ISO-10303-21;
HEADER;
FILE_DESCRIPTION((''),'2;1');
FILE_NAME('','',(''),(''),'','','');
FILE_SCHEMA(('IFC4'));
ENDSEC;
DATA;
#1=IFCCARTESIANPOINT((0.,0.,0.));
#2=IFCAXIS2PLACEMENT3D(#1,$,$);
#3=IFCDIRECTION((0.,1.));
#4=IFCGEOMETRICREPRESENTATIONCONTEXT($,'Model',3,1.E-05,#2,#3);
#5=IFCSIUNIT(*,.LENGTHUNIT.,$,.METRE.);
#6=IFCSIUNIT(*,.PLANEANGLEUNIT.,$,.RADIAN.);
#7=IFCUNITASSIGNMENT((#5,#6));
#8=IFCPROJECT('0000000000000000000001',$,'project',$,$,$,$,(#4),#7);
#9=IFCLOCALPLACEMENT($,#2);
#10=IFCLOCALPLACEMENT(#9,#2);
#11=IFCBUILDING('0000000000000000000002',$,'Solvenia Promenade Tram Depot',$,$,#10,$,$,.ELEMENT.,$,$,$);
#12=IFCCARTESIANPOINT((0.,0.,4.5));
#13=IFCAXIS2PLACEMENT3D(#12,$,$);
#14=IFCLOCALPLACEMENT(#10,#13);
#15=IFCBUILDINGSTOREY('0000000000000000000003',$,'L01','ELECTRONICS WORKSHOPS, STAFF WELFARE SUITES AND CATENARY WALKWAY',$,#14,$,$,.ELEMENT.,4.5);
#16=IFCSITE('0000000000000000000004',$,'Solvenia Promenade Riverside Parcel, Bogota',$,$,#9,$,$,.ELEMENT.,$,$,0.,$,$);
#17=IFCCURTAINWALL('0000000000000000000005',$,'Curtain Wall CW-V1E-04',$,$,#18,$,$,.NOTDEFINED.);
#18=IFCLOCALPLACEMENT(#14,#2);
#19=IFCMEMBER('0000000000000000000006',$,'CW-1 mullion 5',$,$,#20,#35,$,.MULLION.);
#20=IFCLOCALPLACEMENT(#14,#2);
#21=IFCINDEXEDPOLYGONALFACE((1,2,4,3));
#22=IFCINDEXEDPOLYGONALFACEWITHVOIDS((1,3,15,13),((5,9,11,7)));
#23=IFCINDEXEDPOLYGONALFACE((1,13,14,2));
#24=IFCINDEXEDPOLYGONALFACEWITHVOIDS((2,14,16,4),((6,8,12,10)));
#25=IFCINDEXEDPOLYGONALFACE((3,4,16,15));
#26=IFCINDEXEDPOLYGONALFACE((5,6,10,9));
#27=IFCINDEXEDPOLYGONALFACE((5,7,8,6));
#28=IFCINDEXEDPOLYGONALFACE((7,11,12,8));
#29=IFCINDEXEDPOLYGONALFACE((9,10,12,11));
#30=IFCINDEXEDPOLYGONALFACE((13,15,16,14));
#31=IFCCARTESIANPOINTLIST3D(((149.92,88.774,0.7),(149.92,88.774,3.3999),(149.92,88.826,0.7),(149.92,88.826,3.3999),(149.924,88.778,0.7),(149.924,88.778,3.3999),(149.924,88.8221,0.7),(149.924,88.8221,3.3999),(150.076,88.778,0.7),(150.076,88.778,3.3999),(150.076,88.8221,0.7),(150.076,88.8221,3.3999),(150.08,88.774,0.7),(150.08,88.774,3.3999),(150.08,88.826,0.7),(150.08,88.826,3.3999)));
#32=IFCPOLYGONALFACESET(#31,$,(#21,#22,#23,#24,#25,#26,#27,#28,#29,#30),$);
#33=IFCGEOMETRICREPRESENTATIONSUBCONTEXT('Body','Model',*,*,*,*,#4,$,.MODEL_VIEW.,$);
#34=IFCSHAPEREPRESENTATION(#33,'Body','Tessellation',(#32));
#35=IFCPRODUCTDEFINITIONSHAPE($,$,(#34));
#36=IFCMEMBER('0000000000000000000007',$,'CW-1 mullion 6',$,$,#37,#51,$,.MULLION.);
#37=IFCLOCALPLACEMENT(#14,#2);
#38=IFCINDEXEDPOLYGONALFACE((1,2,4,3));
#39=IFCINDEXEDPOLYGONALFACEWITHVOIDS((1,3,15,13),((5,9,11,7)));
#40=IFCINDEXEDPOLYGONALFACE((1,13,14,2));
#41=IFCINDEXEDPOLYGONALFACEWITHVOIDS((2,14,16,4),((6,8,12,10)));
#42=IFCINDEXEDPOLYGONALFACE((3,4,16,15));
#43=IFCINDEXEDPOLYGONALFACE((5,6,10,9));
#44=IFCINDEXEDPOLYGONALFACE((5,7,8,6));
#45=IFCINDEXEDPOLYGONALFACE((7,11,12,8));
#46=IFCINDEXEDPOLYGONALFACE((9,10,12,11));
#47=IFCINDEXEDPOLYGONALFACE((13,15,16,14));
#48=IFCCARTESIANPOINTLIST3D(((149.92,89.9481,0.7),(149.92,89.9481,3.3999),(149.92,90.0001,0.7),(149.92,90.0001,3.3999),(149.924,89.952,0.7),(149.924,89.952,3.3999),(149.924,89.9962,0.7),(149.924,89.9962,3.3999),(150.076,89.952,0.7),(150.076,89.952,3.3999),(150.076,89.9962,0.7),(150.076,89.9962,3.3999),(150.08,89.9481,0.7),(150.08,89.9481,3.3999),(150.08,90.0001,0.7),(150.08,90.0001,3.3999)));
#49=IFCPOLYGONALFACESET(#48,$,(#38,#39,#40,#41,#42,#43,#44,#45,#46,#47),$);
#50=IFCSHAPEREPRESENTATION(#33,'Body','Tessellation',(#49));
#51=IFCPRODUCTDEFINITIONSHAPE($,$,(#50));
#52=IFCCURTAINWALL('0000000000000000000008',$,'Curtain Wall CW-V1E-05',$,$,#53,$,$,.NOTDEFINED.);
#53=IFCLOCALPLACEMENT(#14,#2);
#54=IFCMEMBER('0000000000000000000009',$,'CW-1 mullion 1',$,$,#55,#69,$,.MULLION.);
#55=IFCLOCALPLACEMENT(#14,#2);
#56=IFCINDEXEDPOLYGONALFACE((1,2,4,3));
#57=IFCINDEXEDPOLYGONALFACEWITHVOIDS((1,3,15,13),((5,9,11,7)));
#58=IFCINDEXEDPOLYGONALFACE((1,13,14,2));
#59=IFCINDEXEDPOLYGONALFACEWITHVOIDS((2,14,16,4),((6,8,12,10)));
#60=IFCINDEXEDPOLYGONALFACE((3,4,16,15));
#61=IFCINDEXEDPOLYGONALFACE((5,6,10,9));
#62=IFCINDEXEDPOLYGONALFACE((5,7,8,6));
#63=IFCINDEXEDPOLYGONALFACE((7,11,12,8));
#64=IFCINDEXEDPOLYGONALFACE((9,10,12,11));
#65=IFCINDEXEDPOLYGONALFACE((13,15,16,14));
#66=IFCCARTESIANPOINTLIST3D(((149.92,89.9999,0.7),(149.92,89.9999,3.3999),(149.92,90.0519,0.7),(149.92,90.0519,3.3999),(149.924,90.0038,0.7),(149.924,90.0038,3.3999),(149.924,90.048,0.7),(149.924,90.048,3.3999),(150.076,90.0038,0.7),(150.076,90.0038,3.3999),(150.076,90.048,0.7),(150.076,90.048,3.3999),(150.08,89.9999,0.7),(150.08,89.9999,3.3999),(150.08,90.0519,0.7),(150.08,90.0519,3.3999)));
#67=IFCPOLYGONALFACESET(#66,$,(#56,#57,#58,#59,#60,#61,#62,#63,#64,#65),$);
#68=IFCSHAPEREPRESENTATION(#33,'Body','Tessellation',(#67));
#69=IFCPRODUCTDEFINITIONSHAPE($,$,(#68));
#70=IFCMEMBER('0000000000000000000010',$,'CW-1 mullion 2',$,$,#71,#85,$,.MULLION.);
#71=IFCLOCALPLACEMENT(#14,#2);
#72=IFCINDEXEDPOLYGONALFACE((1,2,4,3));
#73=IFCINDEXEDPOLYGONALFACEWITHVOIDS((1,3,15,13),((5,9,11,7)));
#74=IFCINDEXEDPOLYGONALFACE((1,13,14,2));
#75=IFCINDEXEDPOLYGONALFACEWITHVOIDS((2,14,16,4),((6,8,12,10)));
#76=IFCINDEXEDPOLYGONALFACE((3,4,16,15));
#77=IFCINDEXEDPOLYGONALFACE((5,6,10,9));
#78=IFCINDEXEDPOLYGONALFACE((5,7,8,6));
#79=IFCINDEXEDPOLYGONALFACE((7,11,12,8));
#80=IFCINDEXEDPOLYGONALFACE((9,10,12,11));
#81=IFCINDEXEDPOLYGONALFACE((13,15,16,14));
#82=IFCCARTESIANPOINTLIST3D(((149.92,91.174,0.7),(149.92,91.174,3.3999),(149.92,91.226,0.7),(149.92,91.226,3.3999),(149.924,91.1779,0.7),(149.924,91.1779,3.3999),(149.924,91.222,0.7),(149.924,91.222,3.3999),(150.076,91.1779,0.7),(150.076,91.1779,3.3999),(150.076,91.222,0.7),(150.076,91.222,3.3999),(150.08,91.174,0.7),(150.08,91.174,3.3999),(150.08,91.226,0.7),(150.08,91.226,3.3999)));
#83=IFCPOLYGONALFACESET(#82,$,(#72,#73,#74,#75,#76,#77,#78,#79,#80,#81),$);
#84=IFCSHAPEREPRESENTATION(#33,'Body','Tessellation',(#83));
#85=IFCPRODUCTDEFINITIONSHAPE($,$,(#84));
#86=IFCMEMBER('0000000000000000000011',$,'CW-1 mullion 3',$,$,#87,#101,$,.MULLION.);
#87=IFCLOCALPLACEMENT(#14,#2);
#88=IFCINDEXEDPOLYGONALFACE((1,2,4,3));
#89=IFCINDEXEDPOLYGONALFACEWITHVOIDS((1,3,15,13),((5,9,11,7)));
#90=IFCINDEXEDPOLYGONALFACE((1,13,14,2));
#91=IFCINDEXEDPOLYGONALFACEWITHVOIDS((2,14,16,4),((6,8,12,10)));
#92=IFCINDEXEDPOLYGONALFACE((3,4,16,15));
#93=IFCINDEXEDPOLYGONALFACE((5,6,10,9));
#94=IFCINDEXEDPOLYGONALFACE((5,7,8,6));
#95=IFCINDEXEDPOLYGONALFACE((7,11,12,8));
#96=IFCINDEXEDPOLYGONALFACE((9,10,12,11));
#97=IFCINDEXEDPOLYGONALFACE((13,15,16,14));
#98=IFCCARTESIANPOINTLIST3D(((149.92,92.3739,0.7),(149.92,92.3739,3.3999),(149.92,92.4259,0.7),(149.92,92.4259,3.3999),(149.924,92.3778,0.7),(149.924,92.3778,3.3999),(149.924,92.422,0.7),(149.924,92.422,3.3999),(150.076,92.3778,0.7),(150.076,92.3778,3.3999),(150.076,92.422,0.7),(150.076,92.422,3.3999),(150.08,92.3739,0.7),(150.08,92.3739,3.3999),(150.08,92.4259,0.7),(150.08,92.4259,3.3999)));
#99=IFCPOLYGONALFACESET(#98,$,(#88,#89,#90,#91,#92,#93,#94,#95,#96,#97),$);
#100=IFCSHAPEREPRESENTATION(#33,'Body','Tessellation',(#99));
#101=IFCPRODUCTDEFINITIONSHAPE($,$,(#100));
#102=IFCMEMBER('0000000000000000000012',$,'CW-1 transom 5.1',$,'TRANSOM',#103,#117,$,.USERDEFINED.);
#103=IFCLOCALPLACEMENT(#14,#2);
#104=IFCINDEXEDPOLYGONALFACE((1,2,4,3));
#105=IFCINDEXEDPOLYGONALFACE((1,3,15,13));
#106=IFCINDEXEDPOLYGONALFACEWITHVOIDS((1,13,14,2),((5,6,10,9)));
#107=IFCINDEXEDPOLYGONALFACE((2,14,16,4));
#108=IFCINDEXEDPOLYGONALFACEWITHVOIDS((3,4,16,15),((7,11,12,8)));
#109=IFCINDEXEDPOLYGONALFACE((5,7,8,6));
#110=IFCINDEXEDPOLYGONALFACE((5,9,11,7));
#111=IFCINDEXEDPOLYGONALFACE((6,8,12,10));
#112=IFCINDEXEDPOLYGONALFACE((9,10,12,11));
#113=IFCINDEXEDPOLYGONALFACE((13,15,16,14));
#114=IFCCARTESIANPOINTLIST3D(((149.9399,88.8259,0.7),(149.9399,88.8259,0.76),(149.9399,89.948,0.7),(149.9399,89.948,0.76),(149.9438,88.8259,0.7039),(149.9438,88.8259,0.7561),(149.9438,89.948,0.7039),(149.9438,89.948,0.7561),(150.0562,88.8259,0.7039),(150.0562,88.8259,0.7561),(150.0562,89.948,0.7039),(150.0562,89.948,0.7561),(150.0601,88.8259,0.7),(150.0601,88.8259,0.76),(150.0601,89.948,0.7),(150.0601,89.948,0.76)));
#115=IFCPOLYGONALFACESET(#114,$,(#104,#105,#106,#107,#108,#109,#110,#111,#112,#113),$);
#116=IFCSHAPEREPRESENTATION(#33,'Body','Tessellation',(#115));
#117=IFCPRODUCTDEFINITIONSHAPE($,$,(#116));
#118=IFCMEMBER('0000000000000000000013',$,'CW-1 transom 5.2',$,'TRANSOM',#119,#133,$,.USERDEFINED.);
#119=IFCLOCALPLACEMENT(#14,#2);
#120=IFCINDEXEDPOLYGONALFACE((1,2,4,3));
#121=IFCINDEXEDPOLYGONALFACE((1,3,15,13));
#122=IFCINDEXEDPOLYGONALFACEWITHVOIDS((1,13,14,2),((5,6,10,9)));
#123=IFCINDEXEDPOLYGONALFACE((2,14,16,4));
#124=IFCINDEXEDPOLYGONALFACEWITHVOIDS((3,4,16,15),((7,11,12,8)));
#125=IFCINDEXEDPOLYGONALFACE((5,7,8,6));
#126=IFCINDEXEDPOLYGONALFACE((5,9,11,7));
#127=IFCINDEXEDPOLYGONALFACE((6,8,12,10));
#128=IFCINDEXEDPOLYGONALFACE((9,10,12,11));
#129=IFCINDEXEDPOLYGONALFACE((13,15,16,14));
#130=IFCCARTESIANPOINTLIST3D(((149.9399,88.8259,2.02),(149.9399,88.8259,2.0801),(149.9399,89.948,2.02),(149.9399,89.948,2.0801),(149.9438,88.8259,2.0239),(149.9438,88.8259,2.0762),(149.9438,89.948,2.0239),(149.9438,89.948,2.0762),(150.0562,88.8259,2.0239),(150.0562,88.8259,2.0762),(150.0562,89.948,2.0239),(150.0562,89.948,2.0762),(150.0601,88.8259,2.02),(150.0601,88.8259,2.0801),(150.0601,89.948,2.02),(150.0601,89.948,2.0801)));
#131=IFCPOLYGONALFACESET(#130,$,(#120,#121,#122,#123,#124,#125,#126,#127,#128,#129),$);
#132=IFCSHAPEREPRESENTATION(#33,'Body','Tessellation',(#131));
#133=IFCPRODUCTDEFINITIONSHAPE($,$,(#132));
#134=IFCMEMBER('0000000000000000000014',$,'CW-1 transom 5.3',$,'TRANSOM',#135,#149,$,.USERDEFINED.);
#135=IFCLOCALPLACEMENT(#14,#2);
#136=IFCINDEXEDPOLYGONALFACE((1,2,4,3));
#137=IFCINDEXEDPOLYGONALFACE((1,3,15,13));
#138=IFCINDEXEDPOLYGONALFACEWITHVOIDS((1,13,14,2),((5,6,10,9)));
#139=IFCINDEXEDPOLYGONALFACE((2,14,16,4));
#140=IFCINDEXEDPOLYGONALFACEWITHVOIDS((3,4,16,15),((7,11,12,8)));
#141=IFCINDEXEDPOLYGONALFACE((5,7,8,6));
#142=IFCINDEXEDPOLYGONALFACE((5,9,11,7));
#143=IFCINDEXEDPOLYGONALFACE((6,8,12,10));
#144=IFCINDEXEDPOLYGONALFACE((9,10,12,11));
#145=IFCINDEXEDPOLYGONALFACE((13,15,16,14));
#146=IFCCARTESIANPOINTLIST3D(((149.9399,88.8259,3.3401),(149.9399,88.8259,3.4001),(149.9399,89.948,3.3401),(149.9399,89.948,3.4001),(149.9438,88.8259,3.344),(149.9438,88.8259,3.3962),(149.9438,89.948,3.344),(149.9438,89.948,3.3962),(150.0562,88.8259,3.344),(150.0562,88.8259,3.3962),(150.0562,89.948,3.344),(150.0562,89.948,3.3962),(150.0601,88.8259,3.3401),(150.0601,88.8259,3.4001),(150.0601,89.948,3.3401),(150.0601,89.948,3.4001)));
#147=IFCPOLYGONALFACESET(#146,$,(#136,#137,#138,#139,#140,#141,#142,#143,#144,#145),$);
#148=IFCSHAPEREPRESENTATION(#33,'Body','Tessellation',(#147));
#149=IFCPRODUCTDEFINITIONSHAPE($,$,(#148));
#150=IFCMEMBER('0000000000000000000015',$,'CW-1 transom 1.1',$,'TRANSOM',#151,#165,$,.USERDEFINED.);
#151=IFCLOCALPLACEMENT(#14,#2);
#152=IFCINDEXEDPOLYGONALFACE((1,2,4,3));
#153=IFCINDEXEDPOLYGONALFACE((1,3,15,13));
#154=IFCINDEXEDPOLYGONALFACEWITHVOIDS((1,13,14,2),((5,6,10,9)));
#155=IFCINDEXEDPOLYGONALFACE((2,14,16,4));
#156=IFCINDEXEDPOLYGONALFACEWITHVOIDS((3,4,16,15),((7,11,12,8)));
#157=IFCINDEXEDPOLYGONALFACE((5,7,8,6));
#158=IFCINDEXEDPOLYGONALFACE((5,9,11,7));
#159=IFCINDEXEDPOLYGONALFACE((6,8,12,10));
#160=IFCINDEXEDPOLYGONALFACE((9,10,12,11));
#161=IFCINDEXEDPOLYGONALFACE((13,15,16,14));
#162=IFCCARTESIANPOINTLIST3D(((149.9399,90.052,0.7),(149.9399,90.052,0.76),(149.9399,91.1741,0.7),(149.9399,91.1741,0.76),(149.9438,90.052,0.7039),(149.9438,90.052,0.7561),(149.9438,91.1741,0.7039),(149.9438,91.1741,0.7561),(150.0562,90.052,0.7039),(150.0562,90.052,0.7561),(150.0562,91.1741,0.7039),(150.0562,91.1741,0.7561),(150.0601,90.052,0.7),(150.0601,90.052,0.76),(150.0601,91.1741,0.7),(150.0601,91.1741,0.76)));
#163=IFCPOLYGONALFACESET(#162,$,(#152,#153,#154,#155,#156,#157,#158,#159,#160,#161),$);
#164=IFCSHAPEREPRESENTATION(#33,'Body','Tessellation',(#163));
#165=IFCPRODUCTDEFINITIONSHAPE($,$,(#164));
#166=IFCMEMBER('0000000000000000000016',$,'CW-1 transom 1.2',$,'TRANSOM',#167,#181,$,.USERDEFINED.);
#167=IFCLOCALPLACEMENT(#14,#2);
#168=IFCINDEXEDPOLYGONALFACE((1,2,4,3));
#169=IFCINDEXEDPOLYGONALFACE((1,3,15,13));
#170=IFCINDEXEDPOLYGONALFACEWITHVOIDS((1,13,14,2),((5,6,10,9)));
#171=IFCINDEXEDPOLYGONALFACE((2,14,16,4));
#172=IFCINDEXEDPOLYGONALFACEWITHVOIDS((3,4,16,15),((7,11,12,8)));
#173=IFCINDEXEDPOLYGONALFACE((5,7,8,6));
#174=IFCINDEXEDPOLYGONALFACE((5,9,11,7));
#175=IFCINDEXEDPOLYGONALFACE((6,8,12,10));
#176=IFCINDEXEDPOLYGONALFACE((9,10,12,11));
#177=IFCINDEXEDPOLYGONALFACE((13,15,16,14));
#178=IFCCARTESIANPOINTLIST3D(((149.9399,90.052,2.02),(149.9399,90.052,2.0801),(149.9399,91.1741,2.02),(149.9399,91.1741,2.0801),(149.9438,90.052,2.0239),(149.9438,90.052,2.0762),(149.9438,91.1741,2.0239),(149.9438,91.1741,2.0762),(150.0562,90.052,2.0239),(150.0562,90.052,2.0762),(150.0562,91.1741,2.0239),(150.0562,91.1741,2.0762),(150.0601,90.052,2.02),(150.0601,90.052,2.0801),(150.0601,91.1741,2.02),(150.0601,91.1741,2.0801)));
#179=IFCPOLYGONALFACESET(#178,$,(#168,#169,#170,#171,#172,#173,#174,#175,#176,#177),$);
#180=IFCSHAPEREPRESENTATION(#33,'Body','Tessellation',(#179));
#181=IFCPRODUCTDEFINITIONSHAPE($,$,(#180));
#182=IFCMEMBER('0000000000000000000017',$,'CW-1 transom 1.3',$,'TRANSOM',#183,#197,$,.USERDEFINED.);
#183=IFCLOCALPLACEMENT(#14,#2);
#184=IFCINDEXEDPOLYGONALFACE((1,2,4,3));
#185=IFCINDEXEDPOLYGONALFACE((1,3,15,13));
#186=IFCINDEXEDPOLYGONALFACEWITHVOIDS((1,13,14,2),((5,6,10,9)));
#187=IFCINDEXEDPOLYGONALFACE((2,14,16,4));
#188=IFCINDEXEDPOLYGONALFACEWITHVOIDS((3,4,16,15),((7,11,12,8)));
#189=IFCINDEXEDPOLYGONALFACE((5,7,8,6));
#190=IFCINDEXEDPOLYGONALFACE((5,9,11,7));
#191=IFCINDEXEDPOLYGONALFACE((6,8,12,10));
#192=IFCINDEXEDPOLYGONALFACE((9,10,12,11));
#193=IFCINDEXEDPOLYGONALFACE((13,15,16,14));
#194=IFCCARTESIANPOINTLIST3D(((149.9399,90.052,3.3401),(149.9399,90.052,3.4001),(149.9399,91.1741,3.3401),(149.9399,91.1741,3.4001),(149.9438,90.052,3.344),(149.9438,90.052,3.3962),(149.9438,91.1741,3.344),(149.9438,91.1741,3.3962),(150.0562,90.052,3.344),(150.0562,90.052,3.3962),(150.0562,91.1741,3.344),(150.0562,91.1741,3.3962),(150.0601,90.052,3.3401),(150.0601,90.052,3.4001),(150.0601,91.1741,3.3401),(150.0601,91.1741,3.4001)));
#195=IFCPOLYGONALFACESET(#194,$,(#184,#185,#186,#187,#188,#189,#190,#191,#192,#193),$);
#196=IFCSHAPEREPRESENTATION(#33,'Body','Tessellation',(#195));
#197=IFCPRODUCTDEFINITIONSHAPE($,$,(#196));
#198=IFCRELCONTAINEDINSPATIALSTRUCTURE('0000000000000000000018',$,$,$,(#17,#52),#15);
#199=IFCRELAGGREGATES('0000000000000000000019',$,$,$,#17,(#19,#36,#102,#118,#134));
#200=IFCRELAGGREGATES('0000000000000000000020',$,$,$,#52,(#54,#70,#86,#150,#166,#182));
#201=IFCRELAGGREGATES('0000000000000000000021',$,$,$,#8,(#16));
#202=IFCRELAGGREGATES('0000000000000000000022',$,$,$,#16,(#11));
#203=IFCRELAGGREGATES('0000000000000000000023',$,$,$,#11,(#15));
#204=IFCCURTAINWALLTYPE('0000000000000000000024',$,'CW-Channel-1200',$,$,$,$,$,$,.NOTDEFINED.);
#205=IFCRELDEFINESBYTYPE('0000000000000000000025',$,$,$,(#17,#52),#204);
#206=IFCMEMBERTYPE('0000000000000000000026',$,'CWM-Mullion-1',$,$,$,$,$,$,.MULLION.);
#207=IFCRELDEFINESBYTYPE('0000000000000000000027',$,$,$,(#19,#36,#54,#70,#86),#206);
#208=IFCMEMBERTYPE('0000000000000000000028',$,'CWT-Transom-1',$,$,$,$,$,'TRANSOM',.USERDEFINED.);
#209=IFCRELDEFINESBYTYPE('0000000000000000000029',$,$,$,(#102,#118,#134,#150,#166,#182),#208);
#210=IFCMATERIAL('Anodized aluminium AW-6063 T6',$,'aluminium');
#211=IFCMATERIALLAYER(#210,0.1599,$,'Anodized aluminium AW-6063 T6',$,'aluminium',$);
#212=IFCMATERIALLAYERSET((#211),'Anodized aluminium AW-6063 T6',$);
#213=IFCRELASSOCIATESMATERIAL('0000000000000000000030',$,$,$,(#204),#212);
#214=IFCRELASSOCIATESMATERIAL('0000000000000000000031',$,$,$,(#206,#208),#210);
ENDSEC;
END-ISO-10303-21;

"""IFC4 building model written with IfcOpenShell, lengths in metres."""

from ifc_helpers import new_model, si_unit, direction, frame, origin, origin_2d, place, context, subcontext, project, spatial, hollow_rectangle, extrude, material, layer, layer_set, material_profile, profile_set, type_object, element, aggregate, save


model = new_model("IFC4")

# Units and contexts
model_context = context("Model", 3, precision=1e-05, world=origin(), true_north=direction((0.0, 1.0)))
body_context = subcontext(model_context, "Body", "Model", "MODEL_VIEW")
ifc_project = project(units=[si_unit("LENGTHUNIT", "METRE"), si_unit("PLANEANGLEUNIT", "RADIAN")], contexts=[model_context])

# Site, building, storey
site_placement = place(None, origin())
site = spatial("IfcSite", under=ifc_project, at=site_placement, Name="Solvenia Promenade Riverside Parcel, Bogota", CompositionType="ELEMENT", RefElevation=0.0)
building_placement = place(site_placement, origin())
building = spatial("IfcBuilding", under=site, at=building_placement, Name="Solvenia Promenade Tram Depot", CompositionType="ELEMENT")
storey_placement = place(building_placement, frame((0.0, 0.0, 4.5)))
storey = spatial("IfcBuildingStorey", under=building, at=storey_placement, Name="L01", Description="ELECTRONICS WORKSHOPS, STAFF WELFARE SUITES AND CATENARY WALKWAY", CompositionType="ELEMENT", Elevation=4.5)

# Curtain walls, members
ifc_material_1 = material(Name="Anodized aluminium AW-6063 T6", Category="aluminium")
ifc_layer_1 = layer(ifc_material_1, 0.1599, Name="Anodized aluminium AW-6063 T6", Category="aluminium")
ifc_layer_set_1 = layer_set([ifc_layer_1], Name="Anodized aluminium AW-6063 T6")
curtain_wall_type = type_object("IfcCurtainWallType", Name="CW-Channel-1200", PredefinedType="NOTDEFINED", material=ifc_layer_set_1)
curtain_wall_1_placement = place(storey_placement, origin())
curtain_wall_1 = element("IfcCurtainWall", 1, at=curtain_wall_1_placement, inside=storey, type_object=curtain_wall_type, Name="Curtain Wall CW-V1E-04", PredefinedType="NOTDEFINED")
ifc_material_profile_1 = material_profile(ifc_material_1, hollow_rectangle(XDim=0.1599, YDim=0.052, WallThickness=0.0039, at=origin_2d()), Name="ALU-M1", Category="aluminium")
ifc_profile_set_1 = profile_set([ifc_material_profile_1], Name="Anodized aluminium AW-6063 T6")
member_type_1 = type_object("IfcMemberType", Name="CWM-Mullion-1", PredefinedType="MULLION", material=ifc_profile_set_1)
member_1_placement = place(storey_placement, frame((150.0, 88.8, 0.7), z_axis=(0.0, 0.0, 1.0), x_axis=(-1.0, 0.0, 0.0)))
member_1 = element("IfcMember", 2, at=member_1_placement, type_object=member_type_1, Name="CW-1 mullion 5", PredefinedType="MULLION", context=body_context, shape_type="SweptSolid", body=[
    extrude(hollow_rectangle(XDim=0.1599, YDim=0.052, WallThickness=0.0039, at=origin_2d()), origin(), (0.0, 0.0, 1.0), 2.7),
])
member_2_placement = place(storey_placement, frame((150.0, 89.9741, 0.7), z_axis=(0.0, 0.0, 1.0), x_axis=(-1.0, 0.0, 0.0)))
member_2 = element("IfcMember", 3, at=member_2_placement, type_object=member_type_1, Name="CW-1 mullion 6", PredefinedType="MULLION", context=body_context, shape_type="SweptSolid", body=[
    extrude(hollow_rectangle(XDim=0.1599, YDim=0.052, WallThickness=0.0039, at=origin_2d()), origin(), (0.0, 0.0, 1.0), 2.7),
])
curtain_wall_2_placement = place(storey_placement, origin())
curtain_wall_2 = element("IfcCurtainWall", 4, at=curtain_wall_2_placement, inside=storey, type_object=curtain_wall_type, Name="Curtain Wall CW-V1E-05", PredefinedType="NOTDEFINED")
member_3_placement = place(storey_placement, frame((150.0, 90.0259, 0.7), z_axis=(0.0, 0.0, 1.0), x_axis=(-1.0, 0.0, 0.0)))
member_3 = element("IfcMember", 5, at=member_3_placement, type_object=member_type_1, Name="CW-1 mullion 1", PredefinedType="MULLION", context=body_context, shape_type="SweptSolid", body=[
    extrude(hollow_rectangle(XDim=0.1599, YDim=0.052, WallThickness=0.0039, at=origin_2d()), origin(), (0.0, 0.0, 1.0), 2.7),
])
member_4_placement = place(storey_placement, frame((150.0, 91.2, 0.7), z_axis=(0.0, 0.0, 1.0), x_axis=(-1.0, 0.0, 0.0)))
member_4 = element("IfcMember", 6, at=member_4_placement, type_object=member_type_1, Name="CW-1 mullion 2", PredefinedType="MULLION", context=body_context, shape_type="SweptSolid", body=[
    extrude(hollow_rectangle(XDim=0.1599, YDim=0.052, WallThickness=0.0039, at=origin_2d()), origin(), (0.0, 0.0, 1.0), 2.7),
])
member_5_placement = place(storey_placement, frame((150.0, 92.3999, 0.7), z_axis=(0.0, 0.0, 1.0), x_axis=(-1.0, 0.0, 0.0)))
member_5 = element("IfcMember", 7, at=member_5_placement, type_object=member_type_1, Name="CW-1 mullion 3", PredefinedType="MULLION", context=body_context, shape_type="SweptSolid", body=[
    extrude(hollow_rectangle(XDim=0.1599, YDim=0.052, WallThickness=0.0039, at=origin_2d()), origin(), (0.0, 0.0, 1.0), 2.7),
])

# Members
ifc_material_profile_2 = material_profile(ifc_material_1, hollow_rectangle(XDim=0.1201, YDim=0.0601, WallThickness=0.0039, at=origin_2d()), Name="ALU-T1", Category="aluminium")
ifc_profile_set_2 = profile_set([ifc_material_profile_2], Name="Anodized aluminium AW-6063 T6")
member_type_2 = type_object("IfcMemberType", Name="CWT-Transom-1", ElementType="TRANSOM", PredefinedType="USERDEFINED", material=ifc_profile_set_2)
member_6_placement = place(storey_placement, frame((150.0, 88.8259, 0.73), z_axis=(0.0, 1.0, 0.0), x_axis=(-1.0, 0.0, 0.0)))
member_6 = element("IfcMember", 8, at=member_6_placement, type_object=member_type_2, Name="CW-1 transom 5.1", ObjectType="TRANSOM", PredefinedType="USERDEFINED", context=body_context, shape_type="SweptSolid", body=[
    extrude(hollow_rectangle(XDim=0.1201, YDim=0.0601, WallThickness=0.0039, at=origin_2d()), origin(), (0.0, 0.0, 1.0), 1.1221),
])
member_7_placement = place(storey_placement, frame((150.0, 88.8259, 2.05), z_axis=(0.0, 1.0, 0.0), x_axis=(-1.0, 0.0, 0.0)))
member_7 = element("IfcMember", 9, at=member_7_placement, type_object=member_type_2, Name="CW-1 transom 5.2", ObjectType="TRANSOM", PredefinedType="USERDEFINED", context=body_context, shape_type="SweptSolid", body=[
    extrude(hollow_rectangle(XDim=0.1201, YDim=0.0601, WallThickness=0.0039, at=origin_2d()), origin(), (0.0, 0.0, 1.0), 1.1221),
])
member_8_placement = place(storey_placement, frame((150.0, 88.8259, 3.3701), z_axis=(0.0, 1.0, 0.0), x_axis=(-1.0, 0.0, 0.0)))
member_8 = element("IfcMember", 10, at=member_8_placement, type_object=member_type_2, Name="CW-1 transom 5.3", ObjectType="TRANSOM", PredefinedType="USERDEFINED", context=body_context, shape_type="SweptSolid", body=[
    extrude(hollow_rectangle(XDim=0.1201, YDim=0.0601, WallThickness=0.0039, at=origin_2d()), origin(), (0.0, 0.0, 1.0), 1.1221),
])
member_9_placement = place(storey_placement, frame((150.0, 90.052, 0.73), z_axis=(0.0, 1.0, 0.0), x_axis=(-1.0, 0.0, 0.0)))
member_9 = element("IfcMember", 11, at=member_9_placement, type_object=member_type_2, Name="CW-1 transom 1.1", ObjectType="TRANSOM", PredefinedType="USERDEFINED", context=body_context, shape_type="SweptSolid", body=[
    extrude(hollow_rectangle(XDim=0.1201, YDim=0.0601, WallThickness=0.0039, at=origin_2d()), origin(), (0.0, 0.0, 1.0), 1.1221),
])
member_10_placement = place(storey_placement, frame((150.0, 90.052, 2.05), z_axis=(0.0, 1.0, 0.0), x_axis=(-1.0, 0.0, 0.0)))
member_10 = element("IfcMember", 12, at=member_10_placement, type_object=member_type_2, Name="CW-1 transom 1.2", ObjectType="TRANSOM", PredefinedType="USERDEFINED", context=body_context, shape_type="SweptSolid", body=[
    extrude(hollow_rectangle(XDim=0.1201, YDim=0.0601, WallThickness=0.0039, at=origin_2d()), origin(), (0.0, 0.0, 1.0), 1.1221),
])
member_11_placement = place(storey_placement, frame((150.0, 90.052, 3.3701), z_axis=(0.0, 1.0, 0.0), x_axis=(-1.0, 0.0, 0.0)))
member_11 = element("IfcMember", 13, at=member_11_placement, type_object=member_type_2, Name="CW-1 transom 1.3", ObjectType="TRANSOM", PredefinedType="USERDEFINED", context=body_context, shape_type="SweptSolid", body=[
    extrude(hollow_rectangle(XDim=0.1201, YDim=0.0601, WallThickness=0.0039, at=origin_2d()), origin(), (0.0, 0.0, 1.0), 1.1221),
])

aggregate(curtain_wall_1, [member_1, member_2, member_6, member_7, member_8])
aggregate(curtain_wall_2, [member_3, member_4, member_5, member_9, member_10, member_11])

save(model, "model.ifc")
